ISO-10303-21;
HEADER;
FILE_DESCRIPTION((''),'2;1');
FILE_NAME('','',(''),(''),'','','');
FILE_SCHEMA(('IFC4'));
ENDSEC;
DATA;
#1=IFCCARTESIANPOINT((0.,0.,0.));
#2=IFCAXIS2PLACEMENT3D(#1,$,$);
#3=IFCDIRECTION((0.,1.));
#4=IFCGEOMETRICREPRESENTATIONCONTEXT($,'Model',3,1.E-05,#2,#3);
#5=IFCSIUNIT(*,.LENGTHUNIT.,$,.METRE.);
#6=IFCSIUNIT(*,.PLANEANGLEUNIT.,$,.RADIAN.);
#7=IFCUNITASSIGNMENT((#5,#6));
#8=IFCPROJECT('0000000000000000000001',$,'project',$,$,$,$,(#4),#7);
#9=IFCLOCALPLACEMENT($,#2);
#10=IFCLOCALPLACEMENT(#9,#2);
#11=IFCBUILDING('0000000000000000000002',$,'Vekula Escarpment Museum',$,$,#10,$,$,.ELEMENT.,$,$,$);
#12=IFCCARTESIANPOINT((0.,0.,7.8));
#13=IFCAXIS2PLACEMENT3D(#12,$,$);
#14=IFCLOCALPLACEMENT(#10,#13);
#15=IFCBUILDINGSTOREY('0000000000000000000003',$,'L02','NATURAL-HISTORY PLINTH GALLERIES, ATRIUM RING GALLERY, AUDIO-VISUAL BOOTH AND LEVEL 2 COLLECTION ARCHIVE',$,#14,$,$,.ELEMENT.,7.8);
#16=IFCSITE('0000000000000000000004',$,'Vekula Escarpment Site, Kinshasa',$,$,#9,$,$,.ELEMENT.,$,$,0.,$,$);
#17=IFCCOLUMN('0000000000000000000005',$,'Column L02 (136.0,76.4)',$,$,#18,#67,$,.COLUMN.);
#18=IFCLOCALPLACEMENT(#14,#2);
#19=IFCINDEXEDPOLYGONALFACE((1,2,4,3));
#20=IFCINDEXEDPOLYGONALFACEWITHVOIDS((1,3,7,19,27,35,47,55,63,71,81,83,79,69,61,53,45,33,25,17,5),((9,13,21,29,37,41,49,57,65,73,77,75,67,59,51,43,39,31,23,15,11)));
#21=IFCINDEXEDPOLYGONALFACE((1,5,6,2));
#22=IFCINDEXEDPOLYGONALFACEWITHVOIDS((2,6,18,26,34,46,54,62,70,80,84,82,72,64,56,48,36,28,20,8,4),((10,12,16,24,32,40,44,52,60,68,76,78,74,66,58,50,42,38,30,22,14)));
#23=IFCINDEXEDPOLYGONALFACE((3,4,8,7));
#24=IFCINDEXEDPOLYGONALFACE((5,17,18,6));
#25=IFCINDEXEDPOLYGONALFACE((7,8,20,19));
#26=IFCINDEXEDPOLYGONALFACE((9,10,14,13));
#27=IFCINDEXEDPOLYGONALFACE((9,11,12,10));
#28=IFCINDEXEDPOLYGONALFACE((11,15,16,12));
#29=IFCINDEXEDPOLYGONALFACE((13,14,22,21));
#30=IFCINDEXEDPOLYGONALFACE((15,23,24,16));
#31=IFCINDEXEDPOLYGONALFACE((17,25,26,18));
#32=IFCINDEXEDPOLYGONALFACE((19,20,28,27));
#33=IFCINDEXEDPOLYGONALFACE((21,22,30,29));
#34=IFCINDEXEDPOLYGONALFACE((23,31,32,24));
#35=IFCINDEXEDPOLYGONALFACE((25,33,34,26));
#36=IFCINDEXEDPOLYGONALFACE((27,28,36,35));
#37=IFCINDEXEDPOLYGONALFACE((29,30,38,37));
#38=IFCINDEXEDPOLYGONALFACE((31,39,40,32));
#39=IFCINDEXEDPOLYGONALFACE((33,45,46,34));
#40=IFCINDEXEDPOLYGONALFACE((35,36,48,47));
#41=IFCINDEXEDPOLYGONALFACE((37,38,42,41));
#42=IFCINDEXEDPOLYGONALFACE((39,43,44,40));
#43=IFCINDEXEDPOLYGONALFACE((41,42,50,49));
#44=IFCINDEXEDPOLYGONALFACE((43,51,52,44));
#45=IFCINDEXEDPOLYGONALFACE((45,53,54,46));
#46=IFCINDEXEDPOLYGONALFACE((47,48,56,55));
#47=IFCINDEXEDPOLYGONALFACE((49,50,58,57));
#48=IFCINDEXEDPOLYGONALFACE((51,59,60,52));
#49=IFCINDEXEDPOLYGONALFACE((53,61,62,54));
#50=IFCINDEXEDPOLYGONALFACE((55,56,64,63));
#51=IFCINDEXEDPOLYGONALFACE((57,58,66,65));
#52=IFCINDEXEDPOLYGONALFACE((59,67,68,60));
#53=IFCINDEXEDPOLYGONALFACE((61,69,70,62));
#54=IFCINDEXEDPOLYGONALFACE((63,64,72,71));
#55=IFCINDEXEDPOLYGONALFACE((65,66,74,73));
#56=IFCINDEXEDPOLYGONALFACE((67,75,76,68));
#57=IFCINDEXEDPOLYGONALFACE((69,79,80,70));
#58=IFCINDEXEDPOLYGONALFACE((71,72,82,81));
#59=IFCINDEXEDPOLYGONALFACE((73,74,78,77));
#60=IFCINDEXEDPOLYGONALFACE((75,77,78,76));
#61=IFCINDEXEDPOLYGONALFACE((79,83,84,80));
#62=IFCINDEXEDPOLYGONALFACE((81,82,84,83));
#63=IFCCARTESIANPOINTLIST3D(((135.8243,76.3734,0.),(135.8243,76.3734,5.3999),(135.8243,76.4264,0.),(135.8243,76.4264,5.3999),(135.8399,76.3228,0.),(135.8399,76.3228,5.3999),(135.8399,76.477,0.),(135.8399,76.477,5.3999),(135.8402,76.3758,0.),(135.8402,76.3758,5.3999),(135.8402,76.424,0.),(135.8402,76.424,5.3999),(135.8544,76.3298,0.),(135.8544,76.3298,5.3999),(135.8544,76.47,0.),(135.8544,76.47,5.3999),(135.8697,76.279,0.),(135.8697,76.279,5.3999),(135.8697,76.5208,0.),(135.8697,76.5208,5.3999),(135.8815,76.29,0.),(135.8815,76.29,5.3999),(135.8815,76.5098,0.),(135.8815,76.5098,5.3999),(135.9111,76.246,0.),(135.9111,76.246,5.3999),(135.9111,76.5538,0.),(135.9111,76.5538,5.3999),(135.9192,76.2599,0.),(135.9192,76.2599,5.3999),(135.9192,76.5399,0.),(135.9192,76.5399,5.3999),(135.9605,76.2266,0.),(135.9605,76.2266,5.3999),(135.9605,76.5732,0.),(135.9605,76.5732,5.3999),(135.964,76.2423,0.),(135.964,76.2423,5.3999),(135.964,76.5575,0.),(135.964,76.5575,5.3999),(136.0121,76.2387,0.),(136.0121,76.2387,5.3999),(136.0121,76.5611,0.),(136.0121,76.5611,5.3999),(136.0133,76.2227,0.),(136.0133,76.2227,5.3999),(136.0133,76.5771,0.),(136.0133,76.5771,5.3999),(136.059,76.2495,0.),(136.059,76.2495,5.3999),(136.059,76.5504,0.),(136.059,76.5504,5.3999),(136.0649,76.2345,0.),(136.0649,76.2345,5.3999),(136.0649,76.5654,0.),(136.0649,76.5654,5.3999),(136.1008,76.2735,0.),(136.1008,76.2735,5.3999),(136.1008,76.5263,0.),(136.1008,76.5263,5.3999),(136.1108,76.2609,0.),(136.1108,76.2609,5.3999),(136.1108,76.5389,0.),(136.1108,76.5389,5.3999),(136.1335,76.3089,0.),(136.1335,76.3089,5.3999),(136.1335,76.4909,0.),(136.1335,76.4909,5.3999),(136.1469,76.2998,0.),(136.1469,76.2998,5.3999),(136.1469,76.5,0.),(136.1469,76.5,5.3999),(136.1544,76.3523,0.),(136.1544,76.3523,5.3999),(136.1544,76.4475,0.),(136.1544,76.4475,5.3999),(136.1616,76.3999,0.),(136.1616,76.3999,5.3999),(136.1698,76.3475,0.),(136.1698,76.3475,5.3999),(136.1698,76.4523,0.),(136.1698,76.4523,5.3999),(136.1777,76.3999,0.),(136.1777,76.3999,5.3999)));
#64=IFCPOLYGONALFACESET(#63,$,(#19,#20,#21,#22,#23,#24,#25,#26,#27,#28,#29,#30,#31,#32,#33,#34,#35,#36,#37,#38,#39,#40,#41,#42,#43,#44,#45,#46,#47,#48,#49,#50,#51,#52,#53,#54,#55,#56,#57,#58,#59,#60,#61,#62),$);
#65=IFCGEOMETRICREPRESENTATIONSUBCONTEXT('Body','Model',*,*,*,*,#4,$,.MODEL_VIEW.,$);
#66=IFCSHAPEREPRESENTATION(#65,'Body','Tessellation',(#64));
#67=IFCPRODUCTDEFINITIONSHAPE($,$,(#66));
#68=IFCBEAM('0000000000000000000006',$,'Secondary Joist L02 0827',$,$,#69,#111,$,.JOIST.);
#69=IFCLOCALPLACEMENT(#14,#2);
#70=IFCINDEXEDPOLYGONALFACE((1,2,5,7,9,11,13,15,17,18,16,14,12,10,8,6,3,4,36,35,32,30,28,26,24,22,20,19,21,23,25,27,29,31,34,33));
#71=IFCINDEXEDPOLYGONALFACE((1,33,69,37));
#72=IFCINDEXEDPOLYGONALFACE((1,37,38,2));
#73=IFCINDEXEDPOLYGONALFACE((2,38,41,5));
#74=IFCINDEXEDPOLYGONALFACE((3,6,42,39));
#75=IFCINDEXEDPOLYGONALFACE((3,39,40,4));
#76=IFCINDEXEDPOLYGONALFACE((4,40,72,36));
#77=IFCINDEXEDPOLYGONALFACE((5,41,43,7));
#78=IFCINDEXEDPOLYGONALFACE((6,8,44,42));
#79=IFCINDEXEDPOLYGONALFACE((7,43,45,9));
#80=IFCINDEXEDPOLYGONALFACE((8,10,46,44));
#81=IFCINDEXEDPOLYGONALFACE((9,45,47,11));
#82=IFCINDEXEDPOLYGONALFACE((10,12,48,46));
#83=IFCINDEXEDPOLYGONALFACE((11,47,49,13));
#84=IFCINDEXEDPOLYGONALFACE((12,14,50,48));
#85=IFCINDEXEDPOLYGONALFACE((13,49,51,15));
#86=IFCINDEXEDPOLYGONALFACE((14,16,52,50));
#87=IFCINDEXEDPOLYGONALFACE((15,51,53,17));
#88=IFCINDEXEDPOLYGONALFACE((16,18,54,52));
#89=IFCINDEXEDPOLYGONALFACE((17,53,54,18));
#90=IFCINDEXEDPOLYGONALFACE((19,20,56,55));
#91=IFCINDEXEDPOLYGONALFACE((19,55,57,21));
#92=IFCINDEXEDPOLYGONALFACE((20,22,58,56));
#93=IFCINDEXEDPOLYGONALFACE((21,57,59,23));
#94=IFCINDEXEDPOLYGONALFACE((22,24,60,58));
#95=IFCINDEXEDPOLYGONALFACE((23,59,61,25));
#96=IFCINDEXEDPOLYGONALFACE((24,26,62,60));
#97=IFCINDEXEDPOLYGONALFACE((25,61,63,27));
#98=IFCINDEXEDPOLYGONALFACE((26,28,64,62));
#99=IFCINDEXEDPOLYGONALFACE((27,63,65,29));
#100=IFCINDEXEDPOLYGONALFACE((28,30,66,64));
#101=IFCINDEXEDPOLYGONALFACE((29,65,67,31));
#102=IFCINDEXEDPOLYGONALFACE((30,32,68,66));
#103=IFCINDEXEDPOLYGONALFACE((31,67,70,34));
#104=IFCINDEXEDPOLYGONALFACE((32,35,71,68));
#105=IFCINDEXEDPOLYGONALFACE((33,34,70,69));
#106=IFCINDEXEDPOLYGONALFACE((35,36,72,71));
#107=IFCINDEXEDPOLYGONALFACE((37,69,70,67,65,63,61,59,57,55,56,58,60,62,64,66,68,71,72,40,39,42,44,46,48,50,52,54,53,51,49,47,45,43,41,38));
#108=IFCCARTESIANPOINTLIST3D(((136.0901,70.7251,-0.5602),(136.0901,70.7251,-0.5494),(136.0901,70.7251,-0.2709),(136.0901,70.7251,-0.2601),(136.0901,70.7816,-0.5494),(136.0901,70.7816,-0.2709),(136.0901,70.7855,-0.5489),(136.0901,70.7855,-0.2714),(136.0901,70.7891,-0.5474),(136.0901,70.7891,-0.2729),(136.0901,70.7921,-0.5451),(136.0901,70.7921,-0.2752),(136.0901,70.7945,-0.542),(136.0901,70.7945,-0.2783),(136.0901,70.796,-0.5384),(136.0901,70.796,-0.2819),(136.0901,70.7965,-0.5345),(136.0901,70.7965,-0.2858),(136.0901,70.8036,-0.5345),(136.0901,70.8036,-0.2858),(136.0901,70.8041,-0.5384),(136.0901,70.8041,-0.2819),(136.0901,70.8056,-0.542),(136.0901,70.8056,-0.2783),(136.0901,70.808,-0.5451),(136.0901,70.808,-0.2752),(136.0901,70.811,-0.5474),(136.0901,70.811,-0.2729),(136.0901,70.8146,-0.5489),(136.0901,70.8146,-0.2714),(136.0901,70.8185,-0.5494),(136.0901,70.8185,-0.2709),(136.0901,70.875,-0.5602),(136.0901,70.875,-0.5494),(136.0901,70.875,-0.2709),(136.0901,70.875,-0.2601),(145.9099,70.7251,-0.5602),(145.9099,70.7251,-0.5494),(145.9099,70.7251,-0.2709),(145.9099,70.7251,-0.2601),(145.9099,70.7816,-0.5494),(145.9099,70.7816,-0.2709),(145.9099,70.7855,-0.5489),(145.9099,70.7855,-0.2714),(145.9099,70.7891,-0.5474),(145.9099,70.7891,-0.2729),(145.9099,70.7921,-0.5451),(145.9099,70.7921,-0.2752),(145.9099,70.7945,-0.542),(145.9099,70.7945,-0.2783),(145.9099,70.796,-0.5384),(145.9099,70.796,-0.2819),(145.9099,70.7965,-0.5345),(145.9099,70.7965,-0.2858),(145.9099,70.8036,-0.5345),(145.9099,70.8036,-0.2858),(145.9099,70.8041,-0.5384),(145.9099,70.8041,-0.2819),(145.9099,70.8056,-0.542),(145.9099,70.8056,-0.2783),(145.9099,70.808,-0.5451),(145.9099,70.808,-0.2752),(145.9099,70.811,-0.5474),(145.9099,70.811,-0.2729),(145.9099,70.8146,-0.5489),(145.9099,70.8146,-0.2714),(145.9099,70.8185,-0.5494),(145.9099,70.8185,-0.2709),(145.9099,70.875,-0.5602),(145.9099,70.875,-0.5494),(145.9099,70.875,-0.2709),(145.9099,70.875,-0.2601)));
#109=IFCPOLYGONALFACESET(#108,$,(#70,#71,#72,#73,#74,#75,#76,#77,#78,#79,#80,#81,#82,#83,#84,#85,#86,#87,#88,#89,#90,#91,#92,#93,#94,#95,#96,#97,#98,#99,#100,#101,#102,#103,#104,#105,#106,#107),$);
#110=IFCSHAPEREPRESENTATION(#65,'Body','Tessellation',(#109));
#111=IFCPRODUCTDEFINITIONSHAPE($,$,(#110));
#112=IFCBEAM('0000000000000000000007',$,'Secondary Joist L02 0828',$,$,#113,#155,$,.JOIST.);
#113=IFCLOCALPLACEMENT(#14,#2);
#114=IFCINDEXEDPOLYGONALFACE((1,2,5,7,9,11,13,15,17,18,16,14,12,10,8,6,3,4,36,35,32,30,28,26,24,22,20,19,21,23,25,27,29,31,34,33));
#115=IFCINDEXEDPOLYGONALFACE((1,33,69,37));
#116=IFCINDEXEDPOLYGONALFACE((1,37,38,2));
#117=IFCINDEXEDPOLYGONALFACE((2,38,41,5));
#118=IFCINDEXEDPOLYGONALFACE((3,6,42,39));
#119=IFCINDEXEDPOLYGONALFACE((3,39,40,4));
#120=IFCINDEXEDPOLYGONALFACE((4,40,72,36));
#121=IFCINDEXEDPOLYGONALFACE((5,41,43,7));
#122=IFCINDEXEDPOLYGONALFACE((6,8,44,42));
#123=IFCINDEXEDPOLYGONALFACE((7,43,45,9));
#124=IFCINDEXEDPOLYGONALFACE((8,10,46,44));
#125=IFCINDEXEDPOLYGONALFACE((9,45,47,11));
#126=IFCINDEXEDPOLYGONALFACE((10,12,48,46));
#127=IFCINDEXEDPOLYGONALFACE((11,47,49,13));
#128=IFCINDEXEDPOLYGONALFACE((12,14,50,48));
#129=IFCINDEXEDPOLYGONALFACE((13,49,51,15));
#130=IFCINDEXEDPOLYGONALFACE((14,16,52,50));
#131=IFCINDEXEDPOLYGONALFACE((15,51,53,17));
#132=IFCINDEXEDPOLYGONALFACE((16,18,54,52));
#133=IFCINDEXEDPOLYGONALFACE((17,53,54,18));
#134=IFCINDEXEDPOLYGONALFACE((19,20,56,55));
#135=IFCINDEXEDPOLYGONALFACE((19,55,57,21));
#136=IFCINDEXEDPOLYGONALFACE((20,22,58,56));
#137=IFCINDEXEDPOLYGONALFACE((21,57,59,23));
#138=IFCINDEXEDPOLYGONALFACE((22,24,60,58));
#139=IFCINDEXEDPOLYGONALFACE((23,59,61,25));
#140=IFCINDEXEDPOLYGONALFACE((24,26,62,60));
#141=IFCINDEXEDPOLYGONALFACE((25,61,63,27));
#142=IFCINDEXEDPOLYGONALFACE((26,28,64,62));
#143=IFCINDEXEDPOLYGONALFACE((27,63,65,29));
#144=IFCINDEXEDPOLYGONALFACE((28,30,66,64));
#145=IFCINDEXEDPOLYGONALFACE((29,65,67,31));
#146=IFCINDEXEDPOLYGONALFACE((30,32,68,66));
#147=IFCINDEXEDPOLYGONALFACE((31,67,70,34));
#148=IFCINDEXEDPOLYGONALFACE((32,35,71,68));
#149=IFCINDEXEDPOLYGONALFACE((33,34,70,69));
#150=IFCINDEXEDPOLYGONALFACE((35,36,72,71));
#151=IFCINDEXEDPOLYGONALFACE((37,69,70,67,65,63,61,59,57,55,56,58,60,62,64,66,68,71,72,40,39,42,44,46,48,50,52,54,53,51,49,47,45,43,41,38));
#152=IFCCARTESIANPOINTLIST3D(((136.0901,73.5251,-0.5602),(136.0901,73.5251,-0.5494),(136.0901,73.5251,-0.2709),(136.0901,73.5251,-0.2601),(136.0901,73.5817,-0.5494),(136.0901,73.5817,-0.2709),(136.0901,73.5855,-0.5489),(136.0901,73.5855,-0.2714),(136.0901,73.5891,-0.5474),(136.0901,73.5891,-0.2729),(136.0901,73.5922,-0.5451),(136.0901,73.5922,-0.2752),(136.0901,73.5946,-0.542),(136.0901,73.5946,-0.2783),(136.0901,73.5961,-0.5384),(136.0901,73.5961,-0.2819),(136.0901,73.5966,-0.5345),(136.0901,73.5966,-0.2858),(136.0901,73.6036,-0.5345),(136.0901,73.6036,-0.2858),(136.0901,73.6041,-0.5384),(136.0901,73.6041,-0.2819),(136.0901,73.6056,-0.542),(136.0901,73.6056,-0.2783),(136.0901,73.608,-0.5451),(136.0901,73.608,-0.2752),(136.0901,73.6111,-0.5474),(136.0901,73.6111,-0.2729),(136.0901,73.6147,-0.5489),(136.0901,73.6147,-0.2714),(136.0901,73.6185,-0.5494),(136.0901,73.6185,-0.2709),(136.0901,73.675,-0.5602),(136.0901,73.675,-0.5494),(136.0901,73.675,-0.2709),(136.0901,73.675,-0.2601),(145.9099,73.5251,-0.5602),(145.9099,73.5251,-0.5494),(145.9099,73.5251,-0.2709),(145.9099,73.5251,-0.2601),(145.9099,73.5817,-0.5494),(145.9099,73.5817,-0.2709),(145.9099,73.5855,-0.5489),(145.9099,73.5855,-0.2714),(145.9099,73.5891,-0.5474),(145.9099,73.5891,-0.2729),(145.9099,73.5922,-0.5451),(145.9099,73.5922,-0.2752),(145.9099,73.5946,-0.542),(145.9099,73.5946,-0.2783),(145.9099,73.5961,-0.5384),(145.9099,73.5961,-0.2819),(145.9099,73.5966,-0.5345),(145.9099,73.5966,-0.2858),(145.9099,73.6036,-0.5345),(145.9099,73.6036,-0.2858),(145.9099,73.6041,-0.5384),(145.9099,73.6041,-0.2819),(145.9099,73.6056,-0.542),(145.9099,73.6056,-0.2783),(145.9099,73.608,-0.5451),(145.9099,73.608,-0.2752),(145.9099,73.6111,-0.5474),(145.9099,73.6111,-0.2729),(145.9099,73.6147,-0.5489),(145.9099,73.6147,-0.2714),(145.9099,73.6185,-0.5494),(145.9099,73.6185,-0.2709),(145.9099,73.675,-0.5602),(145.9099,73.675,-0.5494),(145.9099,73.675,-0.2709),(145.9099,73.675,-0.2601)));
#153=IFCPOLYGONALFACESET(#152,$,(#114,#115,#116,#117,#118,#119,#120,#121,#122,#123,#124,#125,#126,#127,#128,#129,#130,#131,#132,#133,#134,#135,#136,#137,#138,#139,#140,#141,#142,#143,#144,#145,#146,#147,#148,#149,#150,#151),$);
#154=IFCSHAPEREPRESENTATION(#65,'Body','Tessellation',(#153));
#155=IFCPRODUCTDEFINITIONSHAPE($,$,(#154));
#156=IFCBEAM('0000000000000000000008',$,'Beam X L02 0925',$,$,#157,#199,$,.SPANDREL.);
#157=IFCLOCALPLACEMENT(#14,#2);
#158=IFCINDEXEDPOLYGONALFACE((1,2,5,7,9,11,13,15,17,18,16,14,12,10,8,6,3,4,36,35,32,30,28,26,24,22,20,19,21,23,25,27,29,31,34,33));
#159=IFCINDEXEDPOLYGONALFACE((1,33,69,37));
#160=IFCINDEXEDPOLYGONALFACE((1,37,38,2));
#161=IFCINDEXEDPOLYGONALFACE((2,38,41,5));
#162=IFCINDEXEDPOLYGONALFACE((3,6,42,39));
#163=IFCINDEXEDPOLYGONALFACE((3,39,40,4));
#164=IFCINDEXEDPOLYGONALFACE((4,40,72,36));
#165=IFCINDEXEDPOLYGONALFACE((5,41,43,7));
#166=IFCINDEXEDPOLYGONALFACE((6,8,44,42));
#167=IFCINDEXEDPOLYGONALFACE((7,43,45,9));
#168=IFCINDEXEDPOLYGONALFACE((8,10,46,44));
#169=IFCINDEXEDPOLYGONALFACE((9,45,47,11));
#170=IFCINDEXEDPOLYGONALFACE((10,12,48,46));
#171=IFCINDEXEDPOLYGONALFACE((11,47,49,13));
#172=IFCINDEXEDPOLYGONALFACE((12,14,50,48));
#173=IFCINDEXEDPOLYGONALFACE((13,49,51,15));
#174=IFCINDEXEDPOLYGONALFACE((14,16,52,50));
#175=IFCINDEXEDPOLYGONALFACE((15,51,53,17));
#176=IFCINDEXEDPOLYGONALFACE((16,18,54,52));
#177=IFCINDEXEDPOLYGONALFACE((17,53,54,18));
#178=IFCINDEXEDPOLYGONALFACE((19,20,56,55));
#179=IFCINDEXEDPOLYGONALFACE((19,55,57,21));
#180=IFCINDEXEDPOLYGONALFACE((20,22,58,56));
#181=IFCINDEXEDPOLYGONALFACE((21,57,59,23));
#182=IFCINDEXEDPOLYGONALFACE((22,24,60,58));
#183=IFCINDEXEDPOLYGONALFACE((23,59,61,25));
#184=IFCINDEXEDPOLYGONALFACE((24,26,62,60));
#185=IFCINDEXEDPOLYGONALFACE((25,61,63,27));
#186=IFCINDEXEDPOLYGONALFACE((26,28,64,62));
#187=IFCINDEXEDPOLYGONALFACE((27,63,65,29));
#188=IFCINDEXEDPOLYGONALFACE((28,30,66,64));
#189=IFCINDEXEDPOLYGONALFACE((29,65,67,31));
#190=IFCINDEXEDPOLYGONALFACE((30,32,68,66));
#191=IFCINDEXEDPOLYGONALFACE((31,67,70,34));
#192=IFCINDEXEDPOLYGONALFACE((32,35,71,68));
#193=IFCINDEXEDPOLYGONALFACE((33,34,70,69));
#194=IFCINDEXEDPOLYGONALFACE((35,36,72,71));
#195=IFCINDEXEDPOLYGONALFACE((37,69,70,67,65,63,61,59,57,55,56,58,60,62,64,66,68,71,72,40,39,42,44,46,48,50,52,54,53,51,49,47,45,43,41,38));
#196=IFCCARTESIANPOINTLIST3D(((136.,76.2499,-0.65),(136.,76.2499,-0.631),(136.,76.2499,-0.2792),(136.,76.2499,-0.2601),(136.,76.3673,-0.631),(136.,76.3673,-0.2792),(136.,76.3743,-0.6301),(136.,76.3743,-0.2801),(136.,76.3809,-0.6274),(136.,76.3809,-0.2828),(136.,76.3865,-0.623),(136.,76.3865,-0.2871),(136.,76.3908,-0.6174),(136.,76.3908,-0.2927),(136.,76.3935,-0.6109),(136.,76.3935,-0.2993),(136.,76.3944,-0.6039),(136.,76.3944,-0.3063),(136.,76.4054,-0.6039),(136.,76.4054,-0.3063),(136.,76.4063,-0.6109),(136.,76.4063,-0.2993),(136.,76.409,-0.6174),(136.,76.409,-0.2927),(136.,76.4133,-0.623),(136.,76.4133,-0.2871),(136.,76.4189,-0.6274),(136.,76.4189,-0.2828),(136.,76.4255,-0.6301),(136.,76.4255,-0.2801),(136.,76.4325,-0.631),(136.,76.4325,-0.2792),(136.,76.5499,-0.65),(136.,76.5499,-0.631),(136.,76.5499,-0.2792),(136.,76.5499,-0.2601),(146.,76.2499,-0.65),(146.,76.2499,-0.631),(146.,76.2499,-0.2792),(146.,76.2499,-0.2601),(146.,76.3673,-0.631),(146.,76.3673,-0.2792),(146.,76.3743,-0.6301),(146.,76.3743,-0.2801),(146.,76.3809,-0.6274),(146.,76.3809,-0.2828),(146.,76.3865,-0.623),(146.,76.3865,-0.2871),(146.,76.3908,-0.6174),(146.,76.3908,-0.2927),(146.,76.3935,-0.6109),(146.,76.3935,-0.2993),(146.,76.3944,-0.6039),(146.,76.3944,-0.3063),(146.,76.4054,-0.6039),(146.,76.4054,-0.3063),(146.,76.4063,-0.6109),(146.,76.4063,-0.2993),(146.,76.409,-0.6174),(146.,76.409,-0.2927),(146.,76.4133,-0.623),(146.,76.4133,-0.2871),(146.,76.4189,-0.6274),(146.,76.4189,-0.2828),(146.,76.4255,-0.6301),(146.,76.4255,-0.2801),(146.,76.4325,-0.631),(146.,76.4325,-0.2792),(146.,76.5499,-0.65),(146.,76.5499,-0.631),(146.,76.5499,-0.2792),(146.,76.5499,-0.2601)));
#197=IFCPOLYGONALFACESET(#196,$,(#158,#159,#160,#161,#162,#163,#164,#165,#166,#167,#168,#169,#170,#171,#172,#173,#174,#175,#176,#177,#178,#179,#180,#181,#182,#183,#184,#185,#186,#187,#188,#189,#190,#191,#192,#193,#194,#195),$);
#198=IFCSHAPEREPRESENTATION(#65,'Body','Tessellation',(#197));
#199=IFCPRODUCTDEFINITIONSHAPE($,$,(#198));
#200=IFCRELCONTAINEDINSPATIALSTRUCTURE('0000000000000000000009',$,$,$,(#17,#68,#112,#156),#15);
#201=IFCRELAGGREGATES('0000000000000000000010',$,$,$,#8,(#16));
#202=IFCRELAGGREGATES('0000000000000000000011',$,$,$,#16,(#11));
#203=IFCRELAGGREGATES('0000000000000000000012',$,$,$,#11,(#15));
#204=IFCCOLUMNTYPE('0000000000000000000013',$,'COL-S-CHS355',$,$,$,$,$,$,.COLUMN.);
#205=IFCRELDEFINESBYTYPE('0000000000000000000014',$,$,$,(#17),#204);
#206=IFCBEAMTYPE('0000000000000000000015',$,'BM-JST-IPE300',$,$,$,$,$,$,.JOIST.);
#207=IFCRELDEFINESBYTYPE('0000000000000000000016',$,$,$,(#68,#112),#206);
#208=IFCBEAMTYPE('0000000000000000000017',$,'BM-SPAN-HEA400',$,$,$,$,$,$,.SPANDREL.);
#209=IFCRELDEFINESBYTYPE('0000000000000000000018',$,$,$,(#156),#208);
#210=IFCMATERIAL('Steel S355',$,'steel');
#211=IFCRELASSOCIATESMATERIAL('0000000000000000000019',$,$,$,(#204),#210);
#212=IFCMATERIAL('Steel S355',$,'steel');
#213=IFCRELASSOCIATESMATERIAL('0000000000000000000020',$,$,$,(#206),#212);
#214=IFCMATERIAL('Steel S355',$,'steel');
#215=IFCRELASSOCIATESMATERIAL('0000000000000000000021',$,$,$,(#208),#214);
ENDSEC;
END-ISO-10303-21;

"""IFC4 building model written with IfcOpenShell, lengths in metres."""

from ifc_helpers import new_model, si_unit, direction, frame, origin, origin_2d, place, context, subcontext, project, spatial, hollow_circle, i_section, extrude, material, material_profile, profile_set, type_object, element, save


model = new_model("IFC4")

# Units and contexts
model_context = context("Model", 3, precision=1e-05, world=origin(), true_north=direction((0.0, 1.0)))
body_context = subcontext(model_context, "Body", "Model", "MODEL_VIEW")
ifc_project = project(units=[si_unit("LENGTHUNIT", "METRE"), si_unit("PLANEANGLEUNIT", "RADIAN")], contexts=[model_context])

# Site, building, storey
site_placement = place(None, origin())
site = spatial("IfcSite", under=ifc_project, at=site_placement, Name="Vekula Escarpment Site, Kinshasa", CompositionType="ELEMENT", RefElevation=0.0)
building_placement = place(site_placement, origin())
building = spatial("IfcBuilding", under=site, at=building_placement, Name="Vekula Escarpment Museum", CompositionType="ELEMENT")
storey_placement = place(building_placement, frame((0.0, 0.0, 7.8)))
storey = spatial("IfcBuildingStorey", under=building, at=storey_placement, Name="L02", Description="NATURAL-HISTORY PLINTH GALLERIES, ATRIUM RING GALLERY, AUDIO-VISUAL BOOTH AND LEVEL 2 COLLECTION ARCHIVE", CompositionType="ELEMENT", Elevation=7.8)

# Column
ifc_material_1 = material(Name="Steel S355", Category="steel")
ifc_material_profile_1 = material_profile(ifc_material_1, hollow_circle(Radius=0.1777, WallThickness=0.0161, at=origin_2d()), Name="CHS 355.6x16")
ifc_profile_set_1 = profile_set([ifc_material_profile_1], Name="Steel S355")
column_type = type_object("IfcColumnType", Name="COL-S-CHS355", PredefinedType="COLUMN", material=ifc_profile_set_1)
column_placement = place(storey_placement, frame((136.0, 76.3999, 0.0), z_axis=(0.0, 0.0, 1.0), x_axis=(1.0, 0.0, 0.0)))
element("IfcColumn", 1, at=column_placement, inside=storey, type_object=column_type, Name="Column L02 (136.0,76.4)", PredefinedType="COLUMN", context=body_context, shape_type="SweptSolid", body=[
    extrude(hollow_circle(Radius=0.1777, WallThickness=0.0161, at=origin_2d()), origin(), (0.0, 0.0, 1.0), 5.3999),
])

# Beams
ifc_material_2 = material(Name="Steel S355", Category="steel")
ifc_material_profile_2 = material_profile(ifc_material_2, i_section(OverallWidth=0.1499, OverallDepth=0.3, WebThickness=0.0071, FlangeThickness=0.0107, FilletRadius=0.0149, at=origin_2d()), Name="IPE 300")
ifc_profile_set_2 = profile_set([ifc_material_profile_2], Name="Steel S355")
beam_type_1 = type_object("IfcBeamType", Name="BM-JST-IPE300", PredefinedType="JOIST", material=ifc_profile_set_2)
for number, where, z_axis, x_axis, name in (
    (2, (136.0901, 70.8, -0.4102), (1.0, 0.0, 0.0), (0.0, 1.0, 0.0), "Secondary Joist L02 0827"),
    (3, (136.0901, 73.6001, -0.4102), (1.0, 0.0, 0.0), (0.0, 1.0, 0.0), "Secondary Joist L02 0828"),
):
    element("IfcBeam", number, at=place(storey_placement, frame(where, z_axis=z_axis, x_axis=x_axis)), inside=storey, type_object=beam_type_1, Name=name, PredefinedType="JOIST", context=body_context, shape_type="SweptSolid", body=[
        extrude(i_section(OverallWidth=0.1499, OverallDepth=0.3, WebThickness=0.0071, FlangeThickness=0.0107, FilletRadius=0.0149, at=origin_2d()), origin(), (0.0, 0.0, 1.0), 9.8198),
    ])
ifc_material_3 = material(Name="Steel S355", Category="steel")
ifc_material_profile_3 = material_profile(ifc_material_3, i_section(OverallWidth=0.3, OverallDepth=0.3899, WebThickness=0.011, FlangeThickness=0.019, FilletRadius=0.0271, at=origin_2d()), Name="HEA 400")
ifc_profile_set_3 = profile_set([ifc_material_profile_3], Name="Steel S355")
beam_type_2 = type_object("IfcBeamType", Name="BM-SPAN-HEA400", PredefinedType="SPANDREL", material=ifc_profile_set_3)
beam_placement = place(storey_placement, frame((136.0, 76.3999, -0.4551), z_axis=(1.0, 0.0, 0.0), x_axis=(0.0, 1.0, 0.0)))
element("IfcBeam", 4, at=beam_placement, inside=storey, type_object=beam_type_2, Name="Beam X L02 0925", PredefinedType="SPANDREL", context=body_context, shape_type="SweptSolid", body=[
    extrude(i_section(OverallWidth=0.3, OverallDepth=0.3899, WebThickness=0.011, FlangeThickness=0.019, FilletRadius=0.0271, at=origin_2d()), origin(), (0.0, 0.0, 1.0), 10.0),
])

save(model, "model.ifc")
